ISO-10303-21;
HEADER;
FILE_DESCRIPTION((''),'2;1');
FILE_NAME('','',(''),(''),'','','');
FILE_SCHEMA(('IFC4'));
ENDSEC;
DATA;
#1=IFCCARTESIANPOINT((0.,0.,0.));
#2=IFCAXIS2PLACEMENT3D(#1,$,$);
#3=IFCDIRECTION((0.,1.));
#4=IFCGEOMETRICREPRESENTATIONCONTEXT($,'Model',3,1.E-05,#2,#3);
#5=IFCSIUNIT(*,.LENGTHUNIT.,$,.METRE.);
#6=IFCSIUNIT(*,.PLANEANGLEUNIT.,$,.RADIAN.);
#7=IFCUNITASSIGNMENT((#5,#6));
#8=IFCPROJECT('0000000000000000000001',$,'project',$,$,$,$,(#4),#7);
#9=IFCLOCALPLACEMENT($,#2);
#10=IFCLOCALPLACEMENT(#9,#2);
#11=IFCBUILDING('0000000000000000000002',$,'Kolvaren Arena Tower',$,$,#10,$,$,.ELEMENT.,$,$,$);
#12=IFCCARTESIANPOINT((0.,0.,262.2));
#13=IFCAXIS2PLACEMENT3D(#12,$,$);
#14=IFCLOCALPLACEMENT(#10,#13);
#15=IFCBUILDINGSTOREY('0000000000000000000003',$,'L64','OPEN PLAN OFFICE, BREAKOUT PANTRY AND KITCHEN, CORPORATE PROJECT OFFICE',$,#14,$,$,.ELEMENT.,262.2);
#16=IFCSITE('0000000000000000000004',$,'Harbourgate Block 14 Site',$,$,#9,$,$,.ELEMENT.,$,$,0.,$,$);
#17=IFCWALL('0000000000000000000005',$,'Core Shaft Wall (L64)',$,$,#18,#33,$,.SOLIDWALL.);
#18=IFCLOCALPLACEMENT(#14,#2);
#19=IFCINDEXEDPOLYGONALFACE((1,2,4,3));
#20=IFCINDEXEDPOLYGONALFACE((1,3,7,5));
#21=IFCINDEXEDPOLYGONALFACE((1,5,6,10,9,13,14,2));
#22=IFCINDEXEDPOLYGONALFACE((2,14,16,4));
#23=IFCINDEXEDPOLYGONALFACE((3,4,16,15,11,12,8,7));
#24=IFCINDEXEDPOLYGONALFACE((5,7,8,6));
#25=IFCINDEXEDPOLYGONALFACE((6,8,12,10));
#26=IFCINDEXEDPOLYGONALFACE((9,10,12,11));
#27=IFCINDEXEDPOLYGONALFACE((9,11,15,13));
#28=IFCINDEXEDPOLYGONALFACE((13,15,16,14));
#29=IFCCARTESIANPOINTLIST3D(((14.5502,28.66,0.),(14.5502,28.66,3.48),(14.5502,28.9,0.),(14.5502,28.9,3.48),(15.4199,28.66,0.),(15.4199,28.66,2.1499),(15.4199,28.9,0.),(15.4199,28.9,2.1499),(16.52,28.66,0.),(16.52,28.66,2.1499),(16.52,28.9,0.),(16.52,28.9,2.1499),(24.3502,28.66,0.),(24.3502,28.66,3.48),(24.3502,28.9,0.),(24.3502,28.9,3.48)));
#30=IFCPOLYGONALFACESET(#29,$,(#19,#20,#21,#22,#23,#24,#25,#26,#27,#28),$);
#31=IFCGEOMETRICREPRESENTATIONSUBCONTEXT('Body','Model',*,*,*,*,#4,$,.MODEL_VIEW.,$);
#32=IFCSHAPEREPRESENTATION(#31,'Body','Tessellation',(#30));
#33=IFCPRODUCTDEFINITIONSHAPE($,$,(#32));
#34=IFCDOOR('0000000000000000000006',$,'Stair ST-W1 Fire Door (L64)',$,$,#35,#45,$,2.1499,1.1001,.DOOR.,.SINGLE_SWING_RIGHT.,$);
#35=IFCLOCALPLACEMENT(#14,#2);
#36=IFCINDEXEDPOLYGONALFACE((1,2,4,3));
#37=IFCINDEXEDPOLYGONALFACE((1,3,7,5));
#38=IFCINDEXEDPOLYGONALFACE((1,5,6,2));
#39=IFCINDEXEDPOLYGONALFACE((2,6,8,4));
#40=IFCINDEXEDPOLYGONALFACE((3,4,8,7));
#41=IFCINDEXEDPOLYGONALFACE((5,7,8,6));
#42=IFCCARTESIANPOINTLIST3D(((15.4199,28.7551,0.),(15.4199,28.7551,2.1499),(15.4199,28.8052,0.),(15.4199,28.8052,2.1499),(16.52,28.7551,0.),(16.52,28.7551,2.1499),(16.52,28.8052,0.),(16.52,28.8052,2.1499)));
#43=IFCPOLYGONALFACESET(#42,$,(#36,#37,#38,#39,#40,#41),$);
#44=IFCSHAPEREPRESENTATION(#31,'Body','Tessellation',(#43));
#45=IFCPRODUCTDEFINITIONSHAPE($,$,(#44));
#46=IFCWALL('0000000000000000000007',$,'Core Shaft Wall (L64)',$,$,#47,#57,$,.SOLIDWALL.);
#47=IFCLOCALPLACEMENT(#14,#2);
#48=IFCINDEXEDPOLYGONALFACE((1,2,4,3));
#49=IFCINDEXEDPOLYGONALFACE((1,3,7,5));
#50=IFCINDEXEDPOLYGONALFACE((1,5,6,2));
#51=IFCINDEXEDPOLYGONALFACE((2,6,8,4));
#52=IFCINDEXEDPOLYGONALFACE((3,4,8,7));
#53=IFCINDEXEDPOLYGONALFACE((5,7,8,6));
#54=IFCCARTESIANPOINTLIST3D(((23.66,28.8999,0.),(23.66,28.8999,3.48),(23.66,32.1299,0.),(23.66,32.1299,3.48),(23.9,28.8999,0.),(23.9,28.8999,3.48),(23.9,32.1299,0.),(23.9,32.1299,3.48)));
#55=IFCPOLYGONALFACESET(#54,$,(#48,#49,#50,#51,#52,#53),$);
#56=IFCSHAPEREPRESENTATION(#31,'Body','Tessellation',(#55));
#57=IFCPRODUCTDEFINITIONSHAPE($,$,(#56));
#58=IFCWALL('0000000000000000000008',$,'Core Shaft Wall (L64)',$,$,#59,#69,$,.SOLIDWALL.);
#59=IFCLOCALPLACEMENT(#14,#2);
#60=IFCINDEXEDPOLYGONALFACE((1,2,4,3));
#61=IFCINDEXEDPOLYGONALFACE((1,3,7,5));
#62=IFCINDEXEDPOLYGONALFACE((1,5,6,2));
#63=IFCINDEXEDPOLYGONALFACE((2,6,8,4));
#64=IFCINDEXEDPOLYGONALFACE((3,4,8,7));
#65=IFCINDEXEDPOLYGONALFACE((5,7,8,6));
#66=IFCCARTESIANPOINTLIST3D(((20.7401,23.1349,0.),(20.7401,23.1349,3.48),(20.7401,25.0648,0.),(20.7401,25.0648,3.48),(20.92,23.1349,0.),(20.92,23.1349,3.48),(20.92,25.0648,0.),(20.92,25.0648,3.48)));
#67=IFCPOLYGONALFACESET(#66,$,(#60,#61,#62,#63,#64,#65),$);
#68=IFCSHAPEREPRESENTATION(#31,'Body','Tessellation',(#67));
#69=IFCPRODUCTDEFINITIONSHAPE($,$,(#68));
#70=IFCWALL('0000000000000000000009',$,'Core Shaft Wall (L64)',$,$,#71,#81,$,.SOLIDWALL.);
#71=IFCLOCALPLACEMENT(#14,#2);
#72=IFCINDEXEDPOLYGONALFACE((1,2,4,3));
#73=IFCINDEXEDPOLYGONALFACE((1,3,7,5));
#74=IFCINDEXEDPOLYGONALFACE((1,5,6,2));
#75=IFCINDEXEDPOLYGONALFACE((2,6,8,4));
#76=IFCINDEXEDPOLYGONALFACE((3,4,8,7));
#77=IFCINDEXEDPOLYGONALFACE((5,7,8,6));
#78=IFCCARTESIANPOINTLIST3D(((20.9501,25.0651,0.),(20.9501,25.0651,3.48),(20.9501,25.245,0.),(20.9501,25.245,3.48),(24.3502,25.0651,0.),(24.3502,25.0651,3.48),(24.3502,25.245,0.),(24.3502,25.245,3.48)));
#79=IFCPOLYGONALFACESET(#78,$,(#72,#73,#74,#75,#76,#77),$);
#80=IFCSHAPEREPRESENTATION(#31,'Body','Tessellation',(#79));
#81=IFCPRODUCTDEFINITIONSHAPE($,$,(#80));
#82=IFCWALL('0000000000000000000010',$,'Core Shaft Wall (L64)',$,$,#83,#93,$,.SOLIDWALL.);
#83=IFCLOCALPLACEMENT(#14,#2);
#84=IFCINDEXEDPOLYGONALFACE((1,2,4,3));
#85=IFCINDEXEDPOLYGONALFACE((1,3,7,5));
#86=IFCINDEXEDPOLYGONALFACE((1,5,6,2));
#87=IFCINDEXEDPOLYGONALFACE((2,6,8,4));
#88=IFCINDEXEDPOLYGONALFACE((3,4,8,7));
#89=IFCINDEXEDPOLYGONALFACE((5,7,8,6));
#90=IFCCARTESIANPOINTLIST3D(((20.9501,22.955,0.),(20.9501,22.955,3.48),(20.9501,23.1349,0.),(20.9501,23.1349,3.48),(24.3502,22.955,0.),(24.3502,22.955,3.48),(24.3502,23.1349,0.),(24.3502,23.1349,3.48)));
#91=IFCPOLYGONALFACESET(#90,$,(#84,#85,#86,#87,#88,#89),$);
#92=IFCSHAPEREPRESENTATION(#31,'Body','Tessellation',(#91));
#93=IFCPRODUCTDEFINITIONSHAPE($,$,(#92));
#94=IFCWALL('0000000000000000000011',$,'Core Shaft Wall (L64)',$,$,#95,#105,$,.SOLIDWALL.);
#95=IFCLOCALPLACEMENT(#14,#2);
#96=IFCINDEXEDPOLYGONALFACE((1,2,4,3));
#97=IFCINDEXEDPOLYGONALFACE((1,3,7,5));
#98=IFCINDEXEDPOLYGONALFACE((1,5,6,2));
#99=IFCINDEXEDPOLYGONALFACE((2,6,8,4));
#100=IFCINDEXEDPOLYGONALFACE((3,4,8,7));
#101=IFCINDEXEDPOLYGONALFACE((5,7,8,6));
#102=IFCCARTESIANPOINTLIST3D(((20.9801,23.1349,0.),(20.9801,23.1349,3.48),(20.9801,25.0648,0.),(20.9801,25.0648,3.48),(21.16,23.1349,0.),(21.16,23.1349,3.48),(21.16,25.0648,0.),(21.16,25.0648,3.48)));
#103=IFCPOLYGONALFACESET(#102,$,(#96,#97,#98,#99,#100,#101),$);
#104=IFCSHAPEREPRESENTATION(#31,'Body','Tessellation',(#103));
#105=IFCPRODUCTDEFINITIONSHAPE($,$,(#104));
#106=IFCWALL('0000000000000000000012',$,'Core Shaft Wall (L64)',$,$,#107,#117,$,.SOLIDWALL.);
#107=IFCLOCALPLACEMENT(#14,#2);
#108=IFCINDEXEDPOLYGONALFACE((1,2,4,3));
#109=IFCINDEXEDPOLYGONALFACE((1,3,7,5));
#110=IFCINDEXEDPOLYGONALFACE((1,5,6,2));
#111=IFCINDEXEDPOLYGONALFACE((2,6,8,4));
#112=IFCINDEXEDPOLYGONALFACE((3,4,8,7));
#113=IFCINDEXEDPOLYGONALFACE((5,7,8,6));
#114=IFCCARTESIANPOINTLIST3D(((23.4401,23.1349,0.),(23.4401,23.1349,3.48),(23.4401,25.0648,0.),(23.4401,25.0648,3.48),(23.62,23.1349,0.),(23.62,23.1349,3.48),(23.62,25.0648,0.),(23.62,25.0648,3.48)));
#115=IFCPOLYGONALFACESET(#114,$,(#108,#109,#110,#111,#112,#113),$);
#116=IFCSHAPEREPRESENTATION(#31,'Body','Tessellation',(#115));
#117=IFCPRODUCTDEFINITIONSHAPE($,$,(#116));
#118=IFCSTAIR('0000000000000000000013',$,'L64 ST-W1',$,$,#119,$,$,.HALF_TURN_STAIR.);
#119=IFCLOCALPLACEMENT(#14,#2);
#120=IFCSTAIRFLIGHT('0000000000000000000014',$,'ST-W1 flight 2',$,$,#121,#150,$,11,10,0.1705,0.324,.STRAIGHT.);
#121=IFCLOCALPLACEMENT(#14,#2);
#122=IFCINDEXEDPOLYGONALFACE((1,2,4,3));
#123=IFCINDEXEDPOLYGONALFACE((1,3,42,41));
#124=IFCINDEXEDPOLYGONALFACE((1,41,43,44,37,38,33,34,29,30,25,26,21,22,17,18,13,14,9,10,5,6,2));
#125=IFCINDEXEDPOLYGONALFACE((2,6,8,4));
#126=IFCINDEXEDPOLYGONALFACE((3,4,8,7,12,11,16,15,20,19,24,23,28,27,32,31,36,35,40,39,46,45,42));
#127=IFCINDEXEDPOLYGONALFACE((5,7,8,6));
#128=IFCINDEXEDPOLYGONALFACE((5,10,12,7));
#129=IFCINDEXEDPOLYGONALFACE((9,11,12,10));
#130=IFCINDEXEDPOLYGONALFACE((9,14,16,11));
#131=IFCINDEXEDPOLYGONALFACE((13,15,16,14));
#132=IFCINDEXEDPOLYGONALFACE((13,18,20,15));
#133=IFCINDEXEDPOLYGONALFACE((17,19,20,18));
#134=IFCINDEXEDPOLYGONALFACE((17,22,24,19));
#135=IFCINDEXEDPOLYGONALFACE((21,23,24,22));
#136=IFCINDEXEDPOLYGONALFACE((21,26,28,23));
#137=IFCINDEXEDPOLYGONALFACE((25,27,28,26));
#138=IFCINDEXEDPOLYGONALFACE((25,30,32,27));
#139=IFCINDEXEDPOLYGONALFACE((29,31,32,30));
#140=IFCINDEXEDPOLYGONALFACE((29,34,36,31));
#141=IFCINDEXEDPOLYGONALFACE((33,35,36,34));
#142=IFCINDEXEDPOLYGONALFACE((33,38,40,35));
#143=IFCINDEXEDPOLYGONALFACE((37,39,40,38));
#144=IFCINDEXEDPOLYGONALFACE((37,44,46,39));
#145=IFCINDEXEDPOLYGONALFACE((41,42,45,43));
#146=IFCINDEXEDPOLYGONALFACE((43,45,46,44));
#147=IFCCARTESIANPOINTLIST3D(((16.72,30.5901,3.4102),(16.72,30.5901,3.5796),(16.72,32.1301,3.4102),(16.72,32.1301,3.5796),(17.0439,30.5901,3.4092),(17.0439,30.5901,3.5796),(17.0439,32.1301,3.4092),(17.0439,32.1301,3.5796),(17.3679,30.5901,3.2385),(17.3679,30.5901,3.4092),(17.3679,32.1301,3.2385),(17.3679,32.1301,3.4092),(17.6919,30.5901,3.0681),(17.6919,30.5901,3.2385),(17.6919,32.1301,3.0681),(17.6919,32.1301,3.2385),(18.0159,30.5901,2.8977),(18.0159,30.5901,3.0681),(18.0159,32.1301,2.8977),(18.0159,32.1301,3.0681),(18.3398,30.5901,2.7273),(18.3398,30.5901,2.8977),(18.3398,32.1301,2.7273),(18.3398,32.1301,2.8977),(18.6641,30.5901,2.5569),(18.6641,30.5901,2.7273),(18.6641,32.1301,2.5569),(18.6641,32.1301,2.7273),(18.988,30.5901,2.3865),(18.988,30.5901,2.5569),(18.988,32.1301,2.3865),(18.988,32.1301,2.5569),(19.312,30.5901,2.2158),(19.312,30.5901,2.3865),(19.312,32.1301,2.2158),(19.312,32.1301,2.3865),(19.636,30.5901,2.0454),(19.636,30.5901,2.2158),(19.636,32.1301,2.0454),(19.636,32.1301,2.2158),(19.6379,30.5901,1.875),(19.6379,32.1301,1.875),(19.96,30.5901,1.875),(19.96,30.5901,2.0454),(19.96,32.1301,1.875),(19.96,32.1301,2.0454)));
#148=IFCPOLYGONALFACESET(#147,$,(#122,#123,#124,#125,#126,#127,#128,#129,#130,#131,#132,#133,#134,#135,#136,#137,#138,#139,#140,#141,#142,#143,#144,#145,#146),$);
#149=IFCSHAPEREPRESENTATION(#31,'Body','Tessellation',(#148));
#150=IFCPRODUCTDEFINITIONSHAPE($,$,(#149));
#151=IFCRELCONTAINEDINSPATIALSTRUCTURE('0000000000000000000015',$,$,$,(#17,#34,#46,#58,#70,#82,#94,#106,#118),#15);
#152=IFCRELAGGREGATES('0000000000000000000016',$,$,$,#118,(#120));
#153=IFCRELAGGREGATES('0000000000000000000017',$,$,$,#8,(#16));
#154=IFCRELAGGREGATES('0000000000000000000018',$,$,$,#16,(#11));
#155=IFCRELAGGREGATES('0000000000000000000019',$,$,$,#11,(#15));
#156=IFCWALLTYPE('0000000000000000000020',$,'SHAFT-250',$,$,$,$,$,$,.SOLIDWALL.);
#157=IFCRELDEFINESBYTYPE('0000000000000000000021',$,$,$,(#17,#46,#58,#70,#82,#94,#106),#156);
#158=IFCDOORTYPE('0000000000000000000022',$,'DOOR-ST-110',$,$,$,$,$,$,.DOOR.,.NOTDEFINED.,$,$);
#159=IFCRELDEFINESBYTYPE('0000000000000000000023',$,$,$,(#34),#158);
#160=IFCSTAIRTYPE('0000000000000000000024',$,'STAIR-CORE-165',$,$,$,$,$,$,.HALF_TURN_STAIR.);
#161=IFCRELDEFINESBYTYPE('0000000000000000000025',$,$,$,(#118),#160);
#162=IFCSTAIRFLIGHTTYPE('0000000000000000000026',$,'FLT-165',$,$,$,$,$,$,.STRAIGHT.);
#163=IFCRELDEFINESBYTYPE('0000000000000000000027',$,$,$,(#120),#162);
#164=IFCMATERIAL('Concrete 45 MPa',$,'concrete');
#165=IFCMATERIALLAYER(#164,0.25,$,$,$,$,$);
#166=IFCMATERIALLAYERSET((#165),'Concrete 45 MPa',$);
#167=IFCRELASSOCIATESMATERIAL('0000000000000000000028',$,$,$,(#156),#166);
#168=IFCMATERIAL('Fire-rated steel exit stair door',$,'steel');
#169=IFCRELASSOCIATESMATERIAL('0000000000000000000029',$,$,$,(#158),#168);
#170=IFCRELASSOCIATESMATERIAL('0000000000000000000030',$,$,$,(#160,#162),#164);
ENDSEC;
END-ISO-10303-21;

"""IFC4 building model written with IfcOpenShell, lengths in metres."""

from ifc_helpers import new_model, si_unit, direction, frame, frame_2d, origin, place, context, subcontext, project, spatial, polyline, rectangle, outline, extrude, material, layer, layer_set, type_object, element, fill, aggregate, save


model = new_model("IFC4")

# Units and contexts
model_context = context("Model", 3, precision=1e-05, world=origin(), true_north=direction((0.0, 1.0)))
body_context = subcontext(model_context, "Body", "Model", "MODEL_VIEW")
ifc_project = project(units=[si_unit("LENGTHUNIT", "METRE"), si_unit("PLANEANGLEUNIT", "RADIAN")], contexts=[model_context])

# Site, building, storey
site_placement = place(None, origin())
site = spatial("IfcSite", under=ifc_project, at=site_placement, Name="Harbourgate Block 14 Site", CompositionType="ELEMENT", RefElevation=0.0)
building_placement = place(site_placement, origin())
building = spatial("IfcBuilding", under=site, at=building_placement, Name="Kolvaren Arena Tower", CompositionType="ELEMENT")
storey_placement = place(building_placement, frame((0.0, 0.0, 262.2)))
storey = spatial("IfcBuildingStorey", under=building, at=storey_placement, Name="L64", Description="OPEN PLAN OFFICE, BREAKOUT PANTRY AND KITCHEN, CORPORATE PROJECT OFFICE", CompositionType="ELEMENT", Elevation=262.2)

# Wall, opening, door
ifc_material_1 = material(Name="Concrete 45 MPa", Category="concrete")
ifc_layer_1 = layer(ifc_material_1, 0.25)
ifc_layer_set_1 = layer_set([ifc_layer_1], Name="Concrete 45 MPa")
wall_type_1 = type_object("IfcWallType", Name="SHAFT-250", PredefinedType="SOLIDWALL", material=ifc_layer_set_1)
wall_1_placement = place(storey_placement, frame((24.3501, 28.78, 0.0), z_axis=(0.0, 0.0, 1.0), x_axis=(-1.0, 0.0, 0.0)))
wall_1 = element("IfcWall", 1, at=wall_1_placement, inside=storey, type_object=wall_type_1, Name="Core Shaft Wall (L64)", PredefinedType="SOLIDWALL", context=body_context, shape_type="SweptSolid", body=[
    extrude(rectangle(XDim=9.8, YDim=0.24, at=frame_2d((4.8999, 0.0))), origin(), (0.0, 0.0, 1.0), 3.48),
])
opening_1_placement = place(wall_1_placement, frame((7.8301, 0.0, 0.0)))
opening_1 = element("IfcOpeningElement", 2, at=opening_1_placement, cuts=wall_1, PredefinedType="OPENING", context=body_context, shape_type="SweptSolid", body=[
    extrude(rectangle(XDim=1.1001, YDim=2.1499, at=frame_2d((0.55, 1.075))), frame((0.0, 0.1299, 0.0), z_axis=(0.0, -1.0, 0.0), x_axis=(1.0, 0.0, 0.0)), (0.0, 0.0, 1.0), 0.26),
])
ifc_material_2 = material(Name="Fire-rated steel exit stair door", Category="steel")
door_type_1 = type_object("IfcDoorType", Name="DOOR-ST-110", OperationType="NOTDEFINED", PredefinedType="DOOR", material=ifc_material_2)
door_1_placement = place(opening_1_placement, origin())
door_1 = element("IfcDoor", 3, at=door_1_placement, inside=storey, type_object=door_type_1, Name="Stair ST-W1 Fire Door (L64)", OperationType="SINGLE_SWING_RIGHT", OverallHeight=2.1499, OverallWidth=1.1001, PredefinedType="DOOR", context=body_context, shape_type="SweptSolid", body=[
    extrude(rectangle(XDim=1.1001, YDim=2.1499, at=frame_2d((0.55, 1.075))), frame((0.0, 0.0249, 0.0), z_axis=(0.0, -1.0, 0.0), x_axis=(1.0, 0.0, 0.0)), (0.0, 0.0, 1.0), 0.05),
])
fill(opening_1, door_1)

# Walls
wall_2_placement = place(storey_placement, frame((23.78, 28.8999, 0.0), z_axis=(0.0, 0.0, 1.0), x_axis=(0.0, 1.0, 0.0)))
element("IfcWall", 4, at=wall_2_placement, inside=storey, type_object=wall_type_1, Name="Core Shaft Wall (L64)", PredefinedType="SOLIDWALL", context=body_context, shape_type="SweptSolid", body=[
    extrude(rectangle(XDim=3.23, YDim=0.24, at=frame_2d((1.615, 0.0))), origin(), (0.0, 0.0, 1.0), 3.48),
])
wall_3_placement = place(storey_placement, frame((20.8301, 23.135, 0.0), z_axis=(0.0, 0.0, 1.0), x_axis=(0.0, 1.0, 0.0)))
element("IfcWall", 5, at=wall_3_placement, inside=storey, type_object=wall_type_1, Name="Core Shaft Wall (L64)", PredefinedType="SOLIDWALL", context=body_context, shape_type="SweptSolid", body=[
    extrude(rectangle(XDim=1.9299, YDim=0.1799, at=frame_2d((0.9648, 0.0))), origin(), (0.0, 0.0, 1.0), 3.48),
])
for number, where, z_axis, x_axis, name in (
    (6, (20.95, 25.155, 0.0), (0.0, 0.0, 1.0), (1.0, 0.0, 0.0), "Core Shaft Wall (L64)"),
    (7, (20.95, 23.0449, 0.0), (0.0, 0.0, 1.0), (1.0, 0.0, 0.0), "Core Shaft Wall (L64)"),
):
    element("IfcWall", number, at=place(storey_placement, frame(where, z_axis=z_axis, x_axis=x_axis)), inside=storey, type_object=wall_type_1, Name=name, PredefinedType="SOLIDWALL", context=body_context, shape_type="SweptSolid", body=[
        extrude(rectangle(XDim=3.4001, YDim=0.1799, at=frame_2d((1.7002, 0.0))), origin(), (0.0, 0.0, 1.0), 3.48),
    ])
for number, where, z_axis, x_axis, name in (
    (8, (21.0701, 23.135, 0.0), (0.0, 0.0, 1.0), (0.0, 1.0, 0.0), "Core Shaft Wall (L64)"),
    (9, (23.53, 23.135, 0.0), (0.0, 0.0, 1.0), (0.0, 1.0, 0.0), "Core Shaft Wall (L64)"),
):
    element("IfcWall", number, at=place(storey_placement, frame(where, z_axis=z_axis, x_axis=x_axis)), inside=storey, type_object=wall_type_1, Name=name, PredefinedType="SOLIDWALL", context=body_context, shape_type="SweptSolid", body=[
        extrude(rectangle(XDim=1.9299, YDim=0.1799, at=frame_2d((0.9648, 0.0))), origin(), (0.0, 0.0, 1.0), 3.48),
    ])

# Stair, stair flight
stair_type = type_object("IfcStairType", Name="STAIR-CORE-165", PredefinedType="HALF_TURN_STAIR", material=ifc_material_1)
stair_placement = place(storey_placement, origin())
stair = element("IfcStair", 10, at=stair_placement, inside=storey, type_object=stair_type, Name="L64 ST-W1", PredefinedType="HALF_TURN_STAIR")
stair_flight_type = type_object("IfcStairFlightType", Name="FLT-165", PredefinedType="STRAIGHT", material=ifc_material_1)
stair_flight_placement = place(storey_placement, frame((19.96, 31.3601, 1.875), z_axis=(0.0, 0.0, 1.0), x_axis=(-1.0, 0.0, 0.0)))
stair_flight = element("IfcStairFlight", 11, at=stair_flight_placement, type_object=stair_flight_type, Name="ST-W1 flight 2", NumberOfRisers=11, NumberOfTreads=10, PredefinedType="STRAIGHT", RiserHeight=0.1705, TreadLength=0.324, context=body_context, shape_type="SweptSolid", body=[
    extrude(outline(polyline([(0.0, 0.0), (0.0, 0.1704), (0.324, 0.1704), (0.324, 0.3408), (0.6479, 0.3408), (0.6479, 0.5115), (0.9719, 0.5115), (0.9719, 0.6819), (1.2959, 0.6819), (1.2959, 0.8523), (1.6201, 0.8523), (1.6201, 1.0227), (1.9441, 1.0227), (1.9441, 1.1931), (2.2681, 1.1931), (2.2681, 1.3635), (2.592, 1.3635), (2.592, 1.5342), (2.916, 1.5342), (2.916, 1.7046), (3.24, 1.7046), (3.24, 1.875), (3.24, 1.5352), (0.322, 0.0), (0.0, 0.0)])), frame((0.0, 0.77, 0.0), z_axis=(0.0, -1.0, 0.0), x_axis=(1.0, 0.0, 0.0)), (0.0, 0.0, 1.0), 1.54),
])
aggregate(stair, [stair_flight])

save(model, "model.ifc")
